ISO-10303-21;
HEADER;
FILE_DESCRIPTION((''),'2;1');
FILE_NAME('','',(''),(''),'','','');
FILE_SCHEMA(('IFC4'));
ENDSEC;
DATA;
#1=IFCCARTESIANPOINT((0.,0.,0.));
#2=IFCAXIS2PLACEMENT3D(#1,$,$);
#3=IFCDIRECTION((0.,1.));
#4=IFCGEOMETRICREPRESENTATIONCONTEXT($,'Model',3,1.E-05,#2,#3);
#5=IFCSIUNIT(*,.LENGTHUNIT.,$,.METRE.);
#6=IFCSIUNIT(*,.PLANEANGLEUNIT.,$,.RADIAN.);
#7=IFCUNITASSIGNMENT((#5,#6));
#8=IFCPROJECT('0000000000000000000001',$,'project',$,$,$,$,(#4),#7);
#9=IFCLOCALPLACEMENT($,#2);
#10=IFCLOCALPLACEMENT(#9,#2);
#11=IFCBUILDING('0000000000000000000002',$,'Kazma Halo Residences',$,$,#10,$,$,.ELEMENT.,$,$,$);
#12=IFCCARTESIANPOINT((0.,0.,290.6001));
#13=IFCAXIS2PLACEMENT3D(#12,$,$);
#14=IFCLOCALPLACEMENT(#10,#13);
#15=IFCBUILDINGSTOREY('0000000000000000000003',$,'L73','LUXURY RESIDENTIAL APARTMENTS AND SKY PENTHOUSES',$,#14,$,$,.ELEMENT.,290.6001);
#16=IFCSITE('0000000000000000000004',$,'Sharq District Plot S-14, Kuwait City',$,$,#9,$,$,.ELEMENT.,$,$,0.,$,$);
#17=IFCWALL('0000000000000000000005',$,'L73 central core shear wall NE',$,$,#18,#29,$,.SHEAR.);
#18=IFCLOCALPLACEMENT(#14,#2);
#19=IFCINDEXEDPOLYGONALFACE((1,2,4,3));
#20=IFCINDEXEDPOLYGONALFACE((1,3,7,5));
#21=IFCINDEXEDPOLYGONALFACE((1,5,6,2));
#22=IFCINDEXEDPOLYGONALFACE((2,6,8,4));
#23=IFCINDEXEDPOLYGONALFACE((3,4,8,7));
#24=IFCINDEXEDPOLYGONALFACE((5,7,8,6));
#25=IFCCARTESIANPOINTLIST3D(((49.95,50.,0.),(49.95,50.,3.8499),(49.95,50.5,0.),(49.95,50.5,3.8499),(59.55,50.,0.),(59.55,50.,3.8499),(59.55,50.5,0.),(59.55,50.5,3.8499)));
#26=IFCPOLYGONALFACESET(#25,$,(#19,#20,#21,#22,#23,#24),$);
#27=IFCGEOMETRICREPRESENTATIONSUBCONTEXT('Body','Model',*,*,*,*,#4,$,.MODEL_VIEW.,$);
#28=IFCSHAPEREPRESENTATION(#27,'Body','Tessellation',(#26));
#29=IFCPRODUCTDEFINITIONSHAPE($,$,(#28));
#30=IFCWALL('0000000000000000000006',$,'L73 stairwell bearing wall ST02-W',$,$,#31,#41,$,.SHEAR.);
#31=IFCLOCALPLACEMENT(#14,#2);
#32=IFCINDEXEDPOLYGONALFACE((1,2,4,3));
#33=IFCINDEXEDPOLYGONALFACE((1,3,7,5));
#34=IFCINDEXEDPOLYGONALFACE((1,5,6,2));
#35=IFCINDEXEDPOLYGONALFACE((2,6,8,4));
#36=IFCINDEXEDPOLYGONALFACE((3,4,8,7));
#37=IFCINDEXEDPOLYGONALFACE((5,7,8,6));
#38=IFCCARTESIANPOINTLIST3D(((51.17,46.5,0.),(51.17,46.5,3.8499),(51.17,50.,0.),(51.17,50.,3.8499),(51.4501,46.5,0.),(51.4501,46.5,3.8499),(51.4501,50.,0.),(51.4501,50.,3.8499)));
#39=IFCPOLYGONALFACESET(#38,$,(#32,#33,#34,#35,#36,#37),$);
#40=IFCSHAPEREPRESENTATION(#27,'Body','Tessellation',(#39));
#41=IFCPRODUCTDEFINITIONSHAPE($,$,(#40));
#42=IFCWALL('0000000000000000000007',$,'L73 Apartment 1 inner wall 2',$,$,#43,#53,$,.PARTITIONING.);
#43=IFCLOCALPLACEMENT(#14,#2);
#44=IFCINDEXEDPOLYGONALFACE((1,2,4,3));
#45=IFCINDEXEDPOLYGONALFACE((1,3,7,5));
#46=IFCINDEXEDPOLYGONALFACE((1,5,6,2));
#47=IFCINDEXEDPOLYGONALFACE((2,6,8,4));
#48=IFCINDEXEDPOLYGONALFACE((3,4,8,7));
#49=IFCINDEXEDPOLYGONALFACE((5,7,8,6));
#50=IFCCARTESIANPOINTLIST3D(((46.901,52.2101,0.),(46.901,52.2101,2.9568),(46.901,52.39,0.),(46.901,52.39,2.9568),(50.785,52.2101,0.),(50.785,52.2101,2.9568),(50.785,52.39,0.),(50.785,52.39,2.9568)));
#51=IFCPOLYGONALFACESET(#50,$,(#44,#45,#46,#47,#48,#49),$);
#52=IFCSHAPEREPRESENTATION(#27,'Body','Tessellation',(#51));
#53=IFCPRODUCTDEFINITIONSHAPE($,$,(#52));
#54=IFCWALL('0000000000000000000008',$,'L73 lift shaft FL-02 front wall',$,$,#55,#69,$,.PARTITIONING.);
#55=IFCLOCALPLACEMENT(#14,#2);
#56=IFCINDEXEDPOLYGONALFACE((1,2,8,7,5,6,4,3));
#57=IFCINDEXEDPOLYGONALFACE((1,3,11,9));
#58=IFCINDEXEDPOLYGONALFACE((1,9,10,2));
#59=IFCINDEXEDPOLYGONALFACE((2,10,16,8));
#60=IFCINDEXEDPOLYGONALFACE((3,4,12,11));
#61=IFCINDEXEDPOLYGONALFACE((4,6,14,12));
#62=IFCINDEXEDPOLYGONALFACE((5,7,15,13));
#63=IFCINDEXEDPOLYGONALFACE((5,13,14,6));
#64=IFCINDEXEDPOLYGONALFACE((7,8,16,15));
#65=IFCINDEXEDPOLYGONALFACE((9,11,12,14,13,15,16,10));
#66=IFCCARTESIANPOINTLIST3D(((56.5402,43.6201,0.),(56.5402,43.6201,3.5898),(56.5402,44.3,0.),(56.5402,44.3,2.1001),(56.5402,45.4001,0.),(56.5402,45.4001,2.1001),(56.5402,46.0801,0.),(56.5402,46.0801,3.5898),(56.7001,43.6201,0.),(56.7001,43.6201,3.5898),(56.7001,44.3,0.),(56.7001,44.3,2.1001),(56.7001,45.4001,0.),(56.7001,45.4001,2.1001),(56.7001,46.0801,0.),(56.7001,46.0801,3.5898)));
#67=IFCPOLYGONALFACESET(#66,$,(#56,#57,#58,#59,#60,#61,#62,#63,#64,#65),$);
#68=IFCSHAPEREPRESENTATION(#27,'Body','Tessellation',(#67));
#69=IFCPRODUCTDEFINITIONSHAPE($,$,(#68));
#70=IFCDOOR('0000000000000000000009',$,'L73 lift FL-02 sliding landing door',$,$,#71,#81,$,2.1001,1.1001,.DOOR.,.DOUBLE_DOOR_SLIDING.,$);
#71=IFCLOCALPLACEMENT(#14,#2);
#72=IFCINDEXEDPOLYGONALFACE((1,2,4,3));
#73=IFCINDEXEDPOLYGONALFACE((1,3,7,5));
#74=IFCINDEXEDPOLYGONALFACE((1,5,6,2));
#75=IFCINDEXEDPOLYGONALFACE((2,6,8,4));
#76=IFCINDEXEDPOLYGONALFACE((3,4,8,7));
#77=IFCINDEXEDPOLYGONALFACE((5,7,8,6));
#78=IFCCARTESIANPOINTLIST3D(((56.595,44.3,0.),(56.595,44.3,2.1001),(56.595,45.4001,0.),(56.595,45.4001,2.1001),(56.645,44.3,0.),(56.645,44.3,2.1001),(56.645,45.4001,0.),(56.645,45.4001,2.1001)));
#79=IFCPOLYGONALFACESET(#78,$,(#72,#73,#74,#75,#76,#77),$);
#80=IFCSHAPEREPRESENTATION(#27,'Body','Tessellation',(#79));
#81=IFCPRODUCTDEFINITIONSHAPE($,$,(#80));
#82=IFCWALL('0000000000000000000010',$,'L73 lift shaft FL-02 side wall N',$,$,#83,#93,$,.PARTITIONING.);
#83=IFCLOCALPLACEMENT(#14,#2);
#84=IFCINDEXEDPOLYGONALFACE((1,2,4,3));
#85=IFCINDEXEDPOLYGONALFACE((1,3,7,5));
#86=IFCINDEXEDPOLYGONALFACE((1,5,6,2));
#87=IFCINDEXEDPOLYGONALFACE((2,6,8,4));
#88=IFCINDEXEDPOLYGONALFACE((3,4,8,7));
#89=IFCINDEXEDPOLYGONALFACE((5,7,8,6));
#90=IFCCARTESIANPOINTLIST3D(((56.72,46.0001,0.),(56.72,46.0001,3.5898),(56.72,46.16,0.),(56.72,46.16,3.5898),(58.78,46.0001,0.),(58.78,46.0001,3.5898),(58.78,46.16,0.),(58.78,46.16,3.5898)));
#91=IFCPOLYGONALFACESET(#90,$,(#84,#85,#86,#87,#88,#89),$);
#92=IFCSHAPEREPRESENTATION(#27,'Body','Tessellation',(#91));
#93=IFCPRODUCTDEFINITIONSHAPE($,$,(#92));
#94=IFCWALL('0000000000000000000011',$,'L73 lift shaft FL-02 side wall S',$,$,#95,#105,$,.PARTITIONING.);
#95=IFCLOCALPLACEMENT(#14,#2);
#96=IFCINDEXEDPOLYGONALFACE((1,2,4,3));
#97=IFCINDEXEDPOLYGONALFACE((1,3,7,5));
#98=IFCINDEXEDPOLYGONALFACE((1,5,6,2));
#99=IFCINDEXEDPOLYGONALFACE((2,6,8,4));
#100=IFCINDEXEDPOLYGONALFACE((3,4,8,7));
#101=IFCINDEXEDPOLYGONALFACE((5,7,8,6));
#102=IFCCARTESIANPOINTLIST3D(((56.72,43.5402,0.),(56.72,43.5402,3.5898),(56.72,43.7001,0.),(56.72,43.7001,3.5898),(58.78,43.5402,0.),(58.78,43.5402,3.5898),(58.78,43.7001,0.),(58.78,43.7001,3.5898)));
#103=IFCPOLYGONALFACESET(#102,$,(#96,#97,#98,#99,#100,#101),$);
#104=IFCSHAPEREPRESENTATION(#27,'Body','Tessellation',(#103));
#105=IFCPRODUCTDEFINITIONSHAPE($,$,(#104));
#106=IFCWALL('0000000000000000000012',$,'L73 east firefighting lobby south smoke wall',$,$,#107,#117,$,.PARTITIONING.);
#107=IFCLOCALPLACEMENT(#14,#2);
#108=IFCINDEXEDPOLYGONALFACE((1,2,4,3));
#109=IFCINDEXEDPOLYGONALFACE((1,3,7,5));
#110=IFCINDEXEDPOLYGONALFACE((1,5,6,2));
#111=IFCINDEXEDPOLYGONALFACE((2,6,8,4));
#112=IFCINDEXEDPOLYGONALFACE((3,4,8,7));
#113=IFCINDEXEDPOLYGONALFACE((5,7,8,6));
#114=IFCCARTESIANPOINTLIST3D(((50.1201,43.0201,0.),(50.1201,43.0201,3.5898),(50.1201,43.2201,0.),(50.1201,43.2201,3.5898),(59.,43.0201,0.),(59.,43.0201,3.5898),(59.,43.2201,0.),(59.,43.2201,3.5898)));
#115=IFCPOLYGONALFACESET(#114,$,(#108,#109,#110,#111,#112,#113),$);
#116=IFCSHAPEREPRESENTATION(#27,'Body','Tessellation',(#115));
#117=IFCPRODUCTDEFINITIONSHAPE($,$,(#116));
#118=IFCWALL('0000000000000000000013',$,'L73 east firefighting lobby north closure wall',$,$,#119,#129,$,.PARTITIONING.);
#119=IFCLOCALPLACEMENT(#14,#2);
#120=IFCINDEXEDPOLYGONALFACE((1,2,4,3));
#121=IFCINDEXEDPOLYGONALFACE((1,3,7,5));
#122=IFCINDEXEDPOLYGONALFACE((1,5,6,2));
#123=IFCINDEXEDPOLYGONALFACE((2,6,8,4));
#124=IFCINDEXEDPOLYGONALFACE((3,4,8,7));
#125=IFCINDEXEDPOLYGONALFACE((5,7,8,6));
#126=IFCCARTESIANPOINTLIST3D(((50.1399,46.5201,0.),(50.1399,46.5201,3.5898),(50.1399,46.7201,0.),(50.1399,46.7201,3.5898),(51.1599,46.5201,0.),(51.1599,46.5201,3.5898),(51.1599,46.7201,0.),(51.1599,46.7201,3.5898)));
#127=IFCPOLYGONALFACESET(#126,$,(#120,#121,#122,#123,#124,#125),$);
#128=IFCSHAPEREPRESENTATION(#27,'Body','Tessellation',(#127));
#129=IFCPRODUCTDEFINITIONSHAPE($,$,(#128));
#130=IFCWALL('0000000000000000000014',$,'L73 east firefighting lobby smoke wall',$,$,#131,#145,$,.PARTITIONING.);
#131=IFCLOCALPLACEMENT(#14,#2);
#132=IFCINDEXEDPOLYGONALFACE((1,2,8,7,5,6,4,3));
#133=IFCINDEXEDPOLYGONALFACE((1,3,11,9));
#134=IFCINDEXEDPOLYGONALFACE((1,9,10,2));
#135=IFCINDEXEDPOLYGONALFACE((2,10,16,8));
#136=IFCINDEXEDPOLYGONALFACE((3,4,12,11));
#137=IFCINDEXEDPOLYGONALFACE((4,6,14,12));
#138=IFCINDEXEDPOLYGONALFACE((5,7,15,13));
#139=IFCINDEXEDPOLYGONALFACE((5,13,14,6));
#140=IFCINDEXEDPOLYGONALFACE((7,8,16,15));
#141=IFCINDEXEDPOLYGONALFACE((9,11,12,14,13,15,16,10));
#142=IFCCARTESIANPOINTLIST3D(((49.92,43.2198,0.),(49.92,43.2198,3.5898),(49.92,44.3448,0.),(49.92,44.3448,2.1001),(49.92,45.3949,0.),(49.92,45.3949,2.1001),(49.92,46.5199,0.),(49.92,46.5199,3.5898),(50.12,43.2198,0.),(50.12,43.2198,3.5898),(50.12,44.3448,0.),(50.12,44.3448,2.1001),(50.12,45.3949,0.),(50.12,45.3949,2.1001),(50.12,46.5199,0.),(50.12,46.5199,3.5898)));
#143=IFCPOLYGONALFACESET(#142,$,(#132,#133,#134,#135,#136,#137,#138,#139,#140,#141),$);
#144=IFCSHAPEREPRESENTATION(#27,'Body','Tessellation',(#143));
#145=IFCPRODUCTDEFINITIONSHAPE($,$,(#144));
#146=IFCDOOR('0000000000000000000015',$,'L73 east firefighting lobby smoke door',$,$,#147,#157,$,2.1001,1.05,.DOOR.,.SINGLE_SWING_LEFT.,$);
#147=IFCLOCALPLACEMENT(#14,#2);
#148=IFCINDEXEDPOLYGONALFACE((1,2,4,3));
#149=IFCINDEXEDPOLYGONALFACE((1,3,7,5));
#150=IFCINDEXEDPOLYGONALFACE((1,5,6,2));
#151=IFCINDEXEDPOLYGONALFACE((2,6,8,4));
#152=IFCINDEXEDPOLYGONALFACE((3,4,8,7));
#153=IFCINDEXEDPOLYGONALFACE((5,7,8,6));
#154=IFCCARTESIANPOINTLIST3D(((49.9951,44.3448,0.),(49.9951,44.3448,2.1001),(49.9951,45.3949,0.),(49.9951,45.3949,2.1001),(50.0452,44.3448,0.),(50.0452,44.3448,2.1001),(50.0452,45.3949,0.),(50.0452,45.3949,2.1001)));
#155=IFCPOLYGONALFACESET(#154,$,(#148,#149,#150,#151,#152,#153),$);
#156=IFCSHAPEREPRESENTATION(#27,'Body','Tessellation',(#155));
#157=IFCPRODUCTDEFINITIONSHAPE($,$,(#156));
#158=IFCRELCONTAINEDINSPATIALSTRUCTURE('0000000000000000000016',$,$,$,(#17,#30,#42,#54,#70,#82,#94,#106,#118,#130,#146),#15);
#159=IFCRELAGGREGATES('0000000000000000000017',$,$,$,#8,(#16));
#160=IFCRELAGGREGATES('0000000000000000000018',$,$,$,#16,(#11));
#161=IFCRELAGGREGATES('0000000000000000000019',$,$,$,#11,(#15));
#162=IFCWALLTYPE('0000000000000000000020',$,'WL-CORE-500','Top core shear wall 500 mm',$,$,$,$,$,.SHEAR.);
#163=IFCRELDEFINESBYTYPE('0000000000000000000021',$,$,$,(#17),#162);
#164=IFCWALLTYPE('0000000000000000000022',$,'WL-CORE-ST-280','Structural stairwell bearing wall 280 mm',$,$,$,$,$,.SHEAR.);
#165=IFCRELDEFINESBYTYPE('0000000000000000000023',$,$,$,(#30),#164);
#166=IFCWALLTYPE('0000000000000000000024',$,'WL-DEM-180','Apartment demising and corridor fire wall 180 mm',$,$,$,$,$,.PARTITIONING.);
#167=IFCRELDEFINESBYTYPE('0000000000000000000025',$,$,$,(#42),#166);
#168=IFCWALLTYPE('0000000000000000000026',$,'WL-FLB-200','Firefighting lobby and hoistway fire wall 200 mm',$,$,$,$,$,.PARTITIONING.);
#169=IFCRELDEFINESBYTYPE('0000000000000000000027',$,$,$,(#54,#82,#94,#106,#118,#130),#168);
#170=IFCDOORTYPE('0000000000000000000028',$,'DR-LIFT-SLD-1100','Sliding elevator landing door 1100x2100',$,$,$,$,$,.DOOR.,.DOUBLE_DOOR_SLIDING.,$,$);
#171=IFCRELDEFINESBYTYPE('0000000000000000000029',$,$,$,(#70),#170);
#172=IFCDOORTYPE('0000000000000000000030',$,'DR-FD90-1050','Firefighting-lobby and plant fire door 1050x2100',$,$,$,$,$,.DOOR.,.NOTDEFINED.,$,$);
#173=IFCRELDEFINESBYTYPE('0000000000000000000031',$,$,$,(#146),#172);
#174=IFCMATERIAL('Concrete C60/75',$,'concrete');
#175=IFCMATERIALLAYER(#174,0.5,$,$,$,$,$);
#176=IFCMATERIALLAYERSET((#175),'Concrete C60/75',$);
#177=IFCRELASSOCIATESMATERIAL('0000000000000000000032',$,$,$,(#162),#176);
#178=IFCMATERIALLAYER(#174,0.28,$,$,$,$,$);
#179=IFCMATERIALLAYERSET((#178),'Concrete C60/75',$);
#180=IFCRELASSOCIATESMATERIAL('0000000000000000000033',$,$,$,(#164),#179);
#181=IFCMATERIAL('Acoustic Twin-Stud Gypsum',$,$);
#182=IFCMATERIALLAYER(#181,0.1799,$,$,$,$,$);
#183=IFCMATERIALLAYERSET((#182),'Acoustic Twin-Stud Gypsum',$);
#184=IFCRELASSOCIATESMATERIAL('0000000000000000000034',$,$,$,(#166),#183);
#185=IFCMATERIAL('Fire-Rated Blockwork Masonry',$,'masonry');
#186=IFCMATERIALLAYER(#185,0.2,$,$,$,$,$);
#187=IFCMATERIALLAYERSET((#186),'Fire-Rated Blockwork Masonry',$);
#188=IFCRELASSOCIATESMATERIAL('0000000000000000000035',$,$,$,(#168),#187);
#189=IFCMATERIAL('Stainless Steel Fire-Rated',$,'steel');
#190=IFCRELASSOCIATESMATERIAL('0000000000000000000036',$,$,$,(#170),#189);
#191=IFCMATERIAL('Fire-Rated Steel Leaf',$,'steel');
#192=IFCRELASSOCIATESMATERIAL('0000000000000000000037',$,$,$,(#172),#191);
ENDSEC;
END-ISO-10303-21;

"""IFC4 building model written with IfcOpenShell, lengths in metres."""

from ifc_helpers import new_model, si_unit, direction, frame, frame_2d, origin, place, context, subcontext, project, spatial, rectangle, extrude, material, layer, layer_set, type_object, element, fill, save


model = new_model("IFC4")

# Units and contexts
model_context = context("Model", 3, precision=1e-05, world=origin(), true_north=direction((0.0, 1.0)))
body_context = subcontext(model_context, "Body", "Model", "MODEL_VIEW")
ifc_project = project(units=[si_unit("LENGTHUNIT", "METRE"), si_unit("PLANEANGLEUNIT", "RADIAN")], contexts=[model_context])

# Site, building, storey
site_placement = place(None, origin())
site = spatial("IfcSite", under=ifc_project, at=site_placement, Name="Sharq District Plot S-14, Kuwait City", CompositionType="ELEMENT", RefElevation=0.0)
building_placement = place(site_placement, origin())
building = spatial("IfcBuilding", under=site, at=building_placement, Name="Kazma Halo Residences", CompositionType="ELEMENT")
storey_placement = place(building_placement, frame((0.0, 0.0, 290.6001)))
storey = spatial("IfcBuildingStorey", under=building, at=storey_placement, Name="L73", Description="LUXURY RESIDENTIAL APARTMENTS AND SKY PENTHOUSES", CompositionType="ELEMENT", Elevation=290.6001)

# Walls
ifc_material_1 = material(Name="Concrete C60/75", Category="concrete")
ifc_layer_1 = layer(ifc_material_1, 0.5)
ifc_layer_set_1 = layer_set([ifc_layer_1], Name="Concrete C60/75")
wall_type_1 = type_object("IfcWallType", Name="WL-CORE-500", Description="Top core shear wall 500 mm", PredefinedType="SHEAR", material=ifc_layer_set_1)
wall_1_placement = place(storey_placement, frame((49.95, 50.25, 0.0), z_axis=(0.0, 0.0, 1.0), x_axis=(1.0, 0.0, 0.0)))
element("IfcWall", 1, at=wall_1_placement, inside=storey, type_object=wall_type_1, Name="L73 central core shear wall NE", PredefinedType="SHEAR", context=body_context, shape_type="SweptSolid", body=[
    extrude(rectangle(XDim=9.6001, YDim=0.5, at=frame_2d((4.8, 0.0))), origin(), (0.0, 0.0, 1.0), 3.8499),
])
ifc_layer_2 = layer(ifc_material_1, 0.28)
ifc_layer_set_2 = layer_set([ifc_layer_2], Name="Concrete C60/75")
wall_type_2 = type_object("IfcWallType", Name="WL-CORE-ST-280", Description="Structural stairwell bearing wall 280 mm", PredefinedType="SHEAR", material=ifc_layer_set_2)
wall_2_placement = place(storey_placement, frame((51.3101, 46.5, 0.0), z_axis=(0.0, 0.0, 1.0), x_axis=(0.0, 1.0, 0.0)))
element("IfcWall", 2, at=wall_2_placement, inside=storey, type_object=wall_type_2, Name="L73 stairwell bearing wall ST02-W", PredefinedType="SHEAR", context=body_context, shape_type="SweptSolid", body=[
    extrude(rectangle(XDim=3.5, YDim=0.28, at=frame_2d((1.75, 0.0))), origin(), (0.0, 0.0, 1.0), 3.8499),
])
ifc_material_2 = material(Name="Acoustic Twin-Stud Gypsum")
ifc_layer_3 = layer(ifc_material_2, 0.1799)
ifc_layer_set_3 = layer_set([ifc_layer_3], Name="Acoustic Twin-Stud Gypsum")
wall_type_3 = type_object("IfcWallType", Name="WL-DEM-180", Description="Apartment demising and corridor fire wall 180 mm", PredefinedType="PARTITIONING", material=ifc_layer_set_3)
wall_3_placement = place(storey_placement, frame((50.7849, 52.3, 0.0), z_axis=(0.0, 0.0, 1.0), x_axis=(-1.0, 0.0, 0.0)))
element("IfcWall", 3, at=wall_3_placement, inside=storey, type_object=wall_type_3, Name="L73 Apartment 1 inner wall 2", PredefinedType="PARTITIONING", context=body_context, shape_type="SweptSolid", body=[
    extrude(rectangle(XDim=3.884, YDim=0.1799, at=frame_2d((1.9419, 0.0))), origin(), (0.0, 0.0, 1.0), 2.9568),
])

# Wall, opening, door
ifc_material_3 = material(Name="Fire-Rated Blockwork Masonry", Category="masonry")
ifc_layer_4 = layer(ifc_material_3, 0.2)
ifc_layer_set_4 = layer_set([ifc_layer_4], Name="Fire-Rated Blockwork Masonry")
wall_type_4 = type_object("IfcWallType", Name="WL-FLB-200", Description="Firefighting lobby and hoistway fire wall 200 mm", PredefinedType="PARTITIONING", material=ifc_layer_set_4)
wall_4_placement = place(storey_placement, frame((56.6201, 46.0801, 0.0), z_axis=(0.0, 0.0, 1.0), x_axis=(0.0, -1.0, 0.0)))
wall_4 = element("IfcWall", 4, at=wall_4_placement, inside=storey, type_object=wall_type_4, Name="L73 lift shaft FL-02 front wall", PredefinedType="PARTITIONING", context=body_context, shape_type="SweptSolid", body=[
    extrude(rectangle(XDim=2.46, YDim=0.1599, at=frame_2d((1.23, 0.0))), origin(), (0.0, 0.0, 1.0), 3.5898),
])
opening_1_placement = place(wall_4_placement, frame((0.6799, 0.0, 0.0)))
opening_1 = element("IfcOpeningElement", 5, at=opening_1_placement, cuts=wall_4, PredefinedType="OPENING", context=body_context, shape_type="SweptSolid", body=[
    extrude(rectangle(XDim=1.1001, YDim=2.1001, at=frame_2d((0.55, 1.05))), frame((0.0, 0.0898, 0.0), z_axis=(0.0, -1.0, 0.0), x_axis=(1.0, 0.0, 0.0)), (0.0, 0.0, 1.0), 0.1799),
])
ifc_material_4 = material(Name="Stainless Steel Fire-Rated", Category="steel")
door_type_1 = type_object("IfcDoorType", Name="DR-LIFT-SLD-1100", Description="Sliding elevator landing door 1100x2100", OperationType="DOUBLE_DOOR_SLIDING", PredefinedType="DOOR", material=ifc_material_4)
door_1_placement = place(opening_1_placement, origin())
door_1 = element("IfcDoor", 6, at=door_1_placement, inside=storey, type_object=door_type_1, Name="L73 lift FL-02 sliding landing door", OperationType="DOUBLE_DOOR_SLIDING", OverallHeight=2.1001, OverallWidth=1.1001, PredefinedType="DOOR", context=body_context, shape_type="SweptSolid", body=[
    extrude(rectangle(XDim=1.1001, YDim=2.1001, at=frame_2d((0.55, 1.05))), frame((0.0, 0.0249, 0.0), z_axis=(0.0, -1.0, 0.0), x_axis=(1.0, 0.0, 0.0)), (0.0, 0.0, 1.0), 0.05),
])
fill(opening_1, door_1)

# Walls
for number, where, z_axis, x_axis, name in (
    (7, (56.72, 46.0801, 0.0), (0.0, 0.0, 1.0), (1.0, 0.0, 0.0), "L73 lift shaft FL-02 side wall N"),
    (8, (56.72, 43.6201, 0.0), (0.0, 0.0, 1.0), (1.0, 0.0, 0.0), "L73 lift shaft FL-02 side wall S"),
):
    element("IfcWall", number, at=place(storey_placement, frame(where, z_axis=z_axis, x_axis=x_axis)), inside=storey, type_object=wall_type_4, Name=name, PredefinedType="PARTITIONING", context=body_context, shape_type="SweptSolid", body=[
        extrude(rectangle(XDim=2.0601, YDim=0.1599, at=frame_2d((1.03, 0.0))), origin(), (0.0, 0.0, 1.0), 3.5898),
    ])
wall_5_placement = place(storey_placement, frame((50.1201, 43.1201, 0.0), z_axis=(0.0, 0.0, 1.0), x_axis=(1.0, 0.0, 0.0)))
element("IfcWall", 9, at=wall_5_placement, inside=storey, type_object=wall_type_4, Name="L73 east firefighting lobby south smoke wall", PredefinedType="PARTITIONING", context=body_context, shape_type="SweptSolid", body=[
    extrude(rectangle(XDim=8.8799, YDim=0.2, at=frame_2d((4.4399, 0.0))), origin(), (0.0, 0.0, 1.0), 3.5898),
])
wall_6_placement = place(storey_placement, frame((50.1399, 46.6201, 0.0), z_axis=(0.0, 0.0, 1.0), x_axis=(1.0, 0.0, 0.0)))
element("IfcWall", 10, at=wall_6_placement, inside=storey, type_object=wall_type_4, Name="L73 east firefighting lobby north closure wall", PredefinedType="PARTITIONING", context=body_context, shape_type="SweptSolid", body=[
    extrude(rectangle(XDim=1.02, YDim=0.2, at=frame_2d((0.51, 0.0))), origin(), (0.0, 0.0, 1.0), 3.5898),
])

# Wall, opening, door
wall_7_placement = place(storey_placement, frame((50.02, 43.22, 0.0), z_axis=(0.0, 0.0, 1.0), x_axis=(0.0, 1.0, 0.0)))
wall_7 = element("IfcWall", 11, at=wall_7_placement, inside=storey, type_object=wall_type_4, Name="L73 east firefighting lobby smoke wall", PredefinedType="PARTITIONING", context=body_context, shape_type="SweptSolid", body=[
    extrude(rectangle(XDim=3.3, YDim=0.2, at=frame_2d((1.6499, 0.0))), origin(), (0.0, 0.0, 1.0), 3.5898),
])
opening_2_placement = place(wall_7_placement, frame((1.125, 0.0, 0.0)))
opening_2 = element("IfcOpeningElement", 12, at=opening_2_placement, cuts=wall_7, PredefinedType="OPENING", context=body_context, shape_type="SweptSolid", body=[
    extrude(rectangle(XDim=1.05, YDim=2.1001, at=frame_2d((0.5249, 1.05))), frame((0.0, 0.1099, 0.0), z_axis=(0.0, -1.0, 0.0), x_axis=(1.0, 0.0, 0.0)), (0.0, 0.0, 1.0), 0.22),
])
ifc_material_5 = material(Name="Fire-Rated Steel Leaf", Category="steel")
door_type_2 = type_object("IfcDoorType", Name="DR-FD90-1050", Description="Firefighting-lobby and plant fire door 1050x2100", OperationType="NOTDEFINED", PredefinedType="DOOR", material=ifc_material_5)
door_2_placement = place(opening_2_placement, origin())
door_2 = element("IfcDoor", 13, at=door_2_placement, inside=storey, type_object=door_type_2, Name="L73 east firefighting lobby smoke door", OperationType="SINGLE_SWING_LEFT", OverallHeight=2.1001, OverallWidth=1.05, PredefinedType="DOOR", context=body_context, shape_type="SweptSolid", body=[
    extrude(rectangle(XDim=1.05, YDim=2.1001, at=frame_2d((0.5249, 1.05))), frame((0.0, 0.0249, 0.0), z_axis=(0.0, -1.0, 0.0), x_axis=(1.0, 0.0, 0.0)), (0.0, 0.0, 1.0), 0.05),
])
fill(opening_2, door_2)

save(model, "model.ifc")
